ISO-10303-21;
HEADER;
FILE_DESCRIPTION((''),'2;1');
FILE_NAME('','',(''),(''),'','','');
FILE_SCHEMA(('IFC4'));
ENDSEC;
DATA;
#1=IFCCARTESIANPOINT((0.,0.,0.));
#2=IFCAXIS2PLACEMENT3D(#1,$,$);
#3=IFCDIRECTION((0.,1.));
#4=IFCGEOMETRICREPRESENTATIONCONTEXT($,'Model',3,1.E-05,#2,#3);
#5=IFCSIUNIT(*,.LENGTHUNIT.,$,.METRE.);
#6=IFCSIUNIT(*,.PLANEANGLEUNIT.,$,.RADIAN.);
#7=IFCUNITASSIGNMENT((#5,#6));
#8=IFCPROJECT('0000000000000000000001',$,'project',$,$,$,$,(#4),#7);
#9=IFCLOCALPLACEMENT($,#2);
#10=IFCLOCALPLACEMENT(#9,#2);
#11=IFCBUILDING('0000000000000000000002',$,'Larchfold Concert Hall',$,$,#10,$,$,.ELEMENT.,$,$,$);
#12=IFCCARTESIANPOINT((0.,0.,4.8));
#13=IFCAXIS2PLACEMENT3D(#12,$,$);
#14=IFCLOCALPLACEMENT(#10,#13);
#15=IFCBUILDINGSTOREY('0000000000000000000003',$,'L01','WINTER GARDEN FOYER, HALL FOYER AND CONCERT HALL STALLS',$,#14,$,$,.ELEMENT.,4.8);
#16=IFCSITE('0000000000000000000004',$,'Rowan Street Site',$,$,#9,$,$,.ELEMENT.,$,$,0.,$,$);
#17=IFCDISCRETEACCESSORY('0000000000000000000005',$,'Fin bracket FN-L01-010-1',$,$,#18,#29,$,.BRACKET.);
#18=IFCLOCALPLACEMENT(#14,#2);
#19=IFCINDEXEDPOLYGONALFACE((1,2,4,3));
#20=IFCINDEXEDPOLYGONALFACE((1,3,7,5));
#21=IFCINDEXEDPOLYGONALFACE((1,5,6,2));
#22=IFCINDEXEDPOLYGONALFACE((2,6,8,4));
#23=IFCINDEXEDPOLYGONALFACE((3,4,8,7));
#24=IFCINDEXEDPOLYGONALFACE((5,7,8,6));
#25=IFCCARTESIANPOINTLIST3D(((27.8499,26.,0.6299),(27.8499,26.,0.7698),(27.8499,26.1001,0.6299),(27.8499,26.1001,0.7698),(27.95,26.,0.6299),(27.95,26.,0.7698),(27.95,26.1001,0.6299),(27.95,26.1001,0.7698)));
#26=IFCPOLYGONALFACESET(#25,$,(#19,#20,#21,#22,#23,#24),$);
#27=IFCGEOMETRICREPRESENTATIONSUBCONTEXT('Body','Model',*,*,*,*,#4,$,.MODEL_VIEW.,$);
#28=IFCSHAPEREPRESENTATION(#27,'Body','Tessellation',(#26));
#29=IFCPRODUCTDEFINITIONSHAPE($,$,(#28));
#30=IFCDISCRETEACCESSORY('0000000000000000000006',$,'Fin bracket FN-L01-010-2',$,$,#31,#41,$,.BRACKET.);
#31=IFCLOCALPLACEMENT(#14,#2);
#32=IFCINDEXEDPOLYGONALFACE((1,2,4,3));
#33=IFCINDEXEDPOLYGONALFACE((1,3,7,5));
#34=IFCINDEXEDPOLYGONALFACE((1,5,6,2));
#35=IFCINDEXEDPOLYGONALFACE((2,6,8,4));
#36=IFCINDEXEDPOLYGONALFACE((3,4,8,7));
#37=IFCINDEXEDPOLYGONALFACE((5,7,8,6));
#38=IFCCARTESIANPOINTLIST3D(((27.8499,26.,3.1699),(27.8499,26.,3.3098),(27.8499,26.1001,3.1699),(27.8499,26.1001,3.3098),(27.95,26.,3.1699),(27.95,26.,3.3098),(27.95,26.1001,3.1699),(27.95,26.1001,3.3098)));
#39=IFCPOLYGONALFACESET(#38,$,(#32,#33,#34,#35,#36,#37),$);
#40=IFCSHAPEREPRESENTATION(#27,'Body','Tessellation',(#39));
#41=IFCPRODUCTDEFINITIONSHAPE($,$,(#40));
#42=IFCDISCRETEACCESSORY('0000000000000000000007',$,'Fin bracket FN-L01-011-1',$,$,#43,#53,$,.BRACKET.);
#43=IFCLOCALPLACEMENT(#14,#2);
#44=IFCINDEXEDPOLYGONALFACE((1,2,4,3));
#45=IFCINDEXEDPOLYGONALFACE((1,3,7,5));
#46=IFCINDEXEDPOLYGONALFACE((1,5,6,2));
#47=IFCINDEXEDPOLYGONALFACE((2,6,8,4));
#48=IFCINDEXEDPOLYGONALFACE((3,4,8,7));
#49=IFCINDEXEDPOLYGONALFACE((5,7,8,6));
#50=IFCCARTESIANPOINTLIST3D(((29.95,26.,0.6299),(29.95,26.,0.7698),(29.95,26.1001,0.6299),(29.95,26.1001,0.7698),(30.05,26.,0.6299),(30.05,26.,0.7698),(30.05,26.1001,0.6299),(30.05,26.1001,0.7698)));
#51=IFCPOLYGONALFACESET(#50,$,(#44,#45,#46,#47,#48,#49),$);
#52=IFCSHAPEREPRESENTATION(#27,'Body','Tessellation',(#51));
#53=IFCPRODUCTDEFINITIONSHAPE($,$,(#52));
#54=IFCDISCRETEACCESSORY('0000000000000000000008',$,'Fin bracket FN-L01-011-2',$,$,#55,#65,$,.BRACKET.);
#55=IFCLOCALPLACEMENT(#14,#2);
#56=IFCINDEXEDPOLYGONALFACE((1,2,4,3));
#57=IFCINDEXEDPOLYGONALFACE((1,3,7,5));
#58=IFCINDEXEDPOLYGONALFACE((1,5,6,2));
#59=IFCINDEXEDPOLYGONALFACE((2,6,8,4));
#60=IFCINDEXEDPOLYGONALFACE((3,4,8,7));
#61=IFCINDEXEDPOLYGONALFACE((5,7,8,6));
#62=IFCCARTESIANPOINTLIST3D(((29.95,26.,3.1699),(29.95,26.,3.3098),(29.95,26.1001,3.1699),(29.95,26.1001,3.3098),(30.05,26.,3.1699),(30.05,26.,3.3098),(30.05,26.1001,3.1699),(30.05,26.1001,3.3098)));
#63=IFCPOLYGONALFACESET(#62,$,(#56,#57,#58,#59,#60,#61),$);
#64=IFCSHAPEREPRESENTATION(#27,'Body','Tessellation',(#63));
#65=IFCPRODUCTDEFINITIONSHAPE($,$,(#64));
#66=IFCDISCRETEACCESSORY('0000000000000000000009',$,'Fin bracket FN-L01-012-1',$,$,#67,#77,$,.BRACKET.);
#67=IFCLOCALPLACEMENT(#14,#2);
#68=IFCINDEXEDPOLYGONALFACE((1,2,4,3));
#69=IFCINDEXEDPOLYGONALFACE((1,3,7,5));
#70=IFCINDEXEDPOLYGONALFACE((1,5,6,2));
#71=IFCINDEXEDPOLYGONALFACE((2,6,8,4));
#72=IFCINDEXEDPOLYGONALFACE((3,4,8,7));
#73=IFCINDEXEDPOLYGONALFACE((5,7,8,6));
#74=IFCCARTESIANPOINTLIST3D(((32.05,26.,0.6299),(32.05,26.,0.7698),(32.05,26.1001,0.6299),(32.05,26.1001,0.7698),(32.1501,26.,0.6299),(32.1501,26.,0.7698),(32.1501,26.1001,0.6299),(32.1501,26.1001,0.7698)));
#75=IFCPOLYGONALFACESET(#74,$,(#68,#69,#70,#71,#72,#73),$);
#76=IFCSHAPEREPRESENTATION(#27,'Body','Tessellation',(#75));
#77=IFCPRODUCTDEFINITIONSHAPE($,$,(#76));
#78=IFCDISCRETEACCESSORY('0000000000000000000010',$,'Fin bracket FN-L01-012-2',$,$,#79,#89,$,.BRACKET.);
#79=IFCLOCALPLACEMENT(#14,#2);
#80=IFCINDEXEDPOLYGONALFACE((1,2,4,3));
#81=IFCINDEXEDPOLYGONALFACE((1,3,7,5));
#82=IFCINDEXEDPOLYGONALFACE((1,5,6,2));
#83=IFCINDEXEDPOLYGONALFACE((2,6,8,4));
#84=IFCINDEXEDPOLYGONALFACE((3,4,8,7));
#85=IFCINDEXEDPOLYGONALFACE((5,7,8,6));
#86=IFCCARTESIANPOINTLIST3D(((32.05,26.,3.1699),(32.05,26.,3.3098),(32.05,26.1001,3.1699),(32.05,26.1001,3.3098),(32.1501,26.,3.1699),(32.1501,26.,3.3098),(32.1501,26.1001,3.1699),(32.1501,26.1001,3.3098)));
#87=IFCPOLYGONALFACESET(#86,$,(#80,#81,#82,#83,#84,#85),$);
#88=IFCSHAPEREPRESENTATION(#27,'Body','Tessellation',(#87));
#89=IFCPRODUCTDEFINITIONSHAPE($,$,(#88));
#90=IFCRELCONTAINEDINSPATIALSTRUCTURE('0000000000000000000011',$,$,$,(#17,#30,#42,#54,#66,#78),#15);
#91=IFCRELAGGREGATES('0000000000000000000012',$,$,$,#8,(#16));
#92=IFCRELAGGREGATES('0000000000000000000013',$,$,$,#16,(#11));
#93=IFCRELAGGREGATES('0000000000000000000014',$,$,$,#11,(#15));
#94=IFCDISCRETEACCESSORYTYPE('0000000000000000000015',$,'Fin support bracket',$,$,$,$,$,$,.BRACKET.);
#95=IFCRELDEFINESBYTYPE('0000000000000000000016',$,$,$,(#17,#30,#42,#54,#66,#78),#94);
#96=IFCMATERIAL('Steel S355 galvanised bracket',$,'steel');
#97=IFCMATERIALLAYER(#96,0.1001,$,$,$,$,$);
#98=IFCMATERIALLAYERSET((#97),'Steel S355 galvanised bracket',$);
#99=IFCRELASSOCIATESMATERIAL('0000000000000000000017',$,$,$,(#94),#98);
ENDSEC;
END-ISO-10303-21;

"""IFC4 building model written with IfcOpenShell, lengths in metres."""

from ifc_helpers import new_model, si_unit, direction, frame, origin, origin_2d, place, context, subcontext, project, spatial, rectangle, extrude, material, layer, layer_set, type_object, element, save


model = new_model("IFC4")

# Units and contexts
model_context = context("Model", 3, precision=1e-05, world=origin(), true_north=direction((0.0, 1.0)))
body_context = subcontext(model_context, "Body", "Model", "MODEL_VIEW")
ifc_project = project(units=[si_unit("LENGTHUNIT", "METRE"), si_unit("PLANEANGLEUNIT", "RADIAN")], contexts=[model_context])

# Site, building, storey
site_placement = place(None, origin())
site = spatial("IfcSite", under=ifc_project, at=site_placement, Name="Rowan Street Site", CompositionType="ELEMENT", RefElevation=0.0)
building_placement = place(site_placement, origin())
building = spatial("IfcBuilding", under=site, at=building_placement, Name="Larchfold Concert Hall", CompositionType="ELEMENT")
storey_placement = place(building_placement, frame((0.0, 0.0, 4.8)))
storey = spatial("IfcBuildingStorey", under=building, at=storey_placement, Name="L01", Description="WINTER GARDEN FOYER, HALL FOYER AND CONCERT HALL STALLS", CompositionType="ELEMENT", Elevation=4.8)

# Discrete accessories
ifc_material_1 = material(Name="Steel S355 galvanised bracket", Category="steel")
ifc_layer_1 = layer(ifc_material_1, 0.1001)
ifc_layer_set_1 = layer_set([ifc_layer_1], Name="Steel S355 galvanised bracket")
discrete_accessory_type = type_object("IfcDiscreteAccessoryType", Name="Fin support bracket", PredefinedType="BRACKET", material=ifc_layer_set_1)
for number, where, z_axis, x_axis, name in (
    (1, (27.8999, 26.05, 0.6299), (0.0, 0.0, 1.0), (0.0, 1.0, 0.0), "Fin bracket FN-L01-010-1"),
    (2, (27.8999, 26.05, 3.1699), (0.0, 0.0, 1.0), (0.0, 1.0, 0.0), "Fin bracket FN-L01-010-2"),
    (3, (30.0, 26.05, 0.6299), (0.0, 0.0, 1.0), (0.0, 1.0, 0.0), "Fin bracket FN-L01-011-1"),
    (4, (30.0, 26.05, 3.1699), (0.0, 0.0, 1.0), (0.0, 1.0, 0.0), "Fin bracket FN-L01-011-2"),
    (5, (32.1001, 26.05, 0.6299), (0.0, 0.0, 1.0), (0.0, 1.0, 0.0), "Fin bracket FN-L01-012-1"),
    (6, (32.1001, 26.05, 3.1699), (0.0, 0.0, 1.0), (0.0, 1.0, 0.0), "Fin bracket FN-L01-012-2"),
):
    element("IfcDiscreteAccessory", number, at=place(storey_placement, frame(where, z_axis=z_axis, x_axis=x_axis)), inside=storey, type_object=discrete_accessory_type, Name=name, PredefinedType="BRACKET", context=body_context, shape_type="SweptSolid", body=[
        extrude(rectangle(XDim=0.1001, YDim=0.1001, at=origin_2d()), origin(), (0.0, 0.0, 1.0), 0.1399),
    ])

save(model, "model.ifc")
